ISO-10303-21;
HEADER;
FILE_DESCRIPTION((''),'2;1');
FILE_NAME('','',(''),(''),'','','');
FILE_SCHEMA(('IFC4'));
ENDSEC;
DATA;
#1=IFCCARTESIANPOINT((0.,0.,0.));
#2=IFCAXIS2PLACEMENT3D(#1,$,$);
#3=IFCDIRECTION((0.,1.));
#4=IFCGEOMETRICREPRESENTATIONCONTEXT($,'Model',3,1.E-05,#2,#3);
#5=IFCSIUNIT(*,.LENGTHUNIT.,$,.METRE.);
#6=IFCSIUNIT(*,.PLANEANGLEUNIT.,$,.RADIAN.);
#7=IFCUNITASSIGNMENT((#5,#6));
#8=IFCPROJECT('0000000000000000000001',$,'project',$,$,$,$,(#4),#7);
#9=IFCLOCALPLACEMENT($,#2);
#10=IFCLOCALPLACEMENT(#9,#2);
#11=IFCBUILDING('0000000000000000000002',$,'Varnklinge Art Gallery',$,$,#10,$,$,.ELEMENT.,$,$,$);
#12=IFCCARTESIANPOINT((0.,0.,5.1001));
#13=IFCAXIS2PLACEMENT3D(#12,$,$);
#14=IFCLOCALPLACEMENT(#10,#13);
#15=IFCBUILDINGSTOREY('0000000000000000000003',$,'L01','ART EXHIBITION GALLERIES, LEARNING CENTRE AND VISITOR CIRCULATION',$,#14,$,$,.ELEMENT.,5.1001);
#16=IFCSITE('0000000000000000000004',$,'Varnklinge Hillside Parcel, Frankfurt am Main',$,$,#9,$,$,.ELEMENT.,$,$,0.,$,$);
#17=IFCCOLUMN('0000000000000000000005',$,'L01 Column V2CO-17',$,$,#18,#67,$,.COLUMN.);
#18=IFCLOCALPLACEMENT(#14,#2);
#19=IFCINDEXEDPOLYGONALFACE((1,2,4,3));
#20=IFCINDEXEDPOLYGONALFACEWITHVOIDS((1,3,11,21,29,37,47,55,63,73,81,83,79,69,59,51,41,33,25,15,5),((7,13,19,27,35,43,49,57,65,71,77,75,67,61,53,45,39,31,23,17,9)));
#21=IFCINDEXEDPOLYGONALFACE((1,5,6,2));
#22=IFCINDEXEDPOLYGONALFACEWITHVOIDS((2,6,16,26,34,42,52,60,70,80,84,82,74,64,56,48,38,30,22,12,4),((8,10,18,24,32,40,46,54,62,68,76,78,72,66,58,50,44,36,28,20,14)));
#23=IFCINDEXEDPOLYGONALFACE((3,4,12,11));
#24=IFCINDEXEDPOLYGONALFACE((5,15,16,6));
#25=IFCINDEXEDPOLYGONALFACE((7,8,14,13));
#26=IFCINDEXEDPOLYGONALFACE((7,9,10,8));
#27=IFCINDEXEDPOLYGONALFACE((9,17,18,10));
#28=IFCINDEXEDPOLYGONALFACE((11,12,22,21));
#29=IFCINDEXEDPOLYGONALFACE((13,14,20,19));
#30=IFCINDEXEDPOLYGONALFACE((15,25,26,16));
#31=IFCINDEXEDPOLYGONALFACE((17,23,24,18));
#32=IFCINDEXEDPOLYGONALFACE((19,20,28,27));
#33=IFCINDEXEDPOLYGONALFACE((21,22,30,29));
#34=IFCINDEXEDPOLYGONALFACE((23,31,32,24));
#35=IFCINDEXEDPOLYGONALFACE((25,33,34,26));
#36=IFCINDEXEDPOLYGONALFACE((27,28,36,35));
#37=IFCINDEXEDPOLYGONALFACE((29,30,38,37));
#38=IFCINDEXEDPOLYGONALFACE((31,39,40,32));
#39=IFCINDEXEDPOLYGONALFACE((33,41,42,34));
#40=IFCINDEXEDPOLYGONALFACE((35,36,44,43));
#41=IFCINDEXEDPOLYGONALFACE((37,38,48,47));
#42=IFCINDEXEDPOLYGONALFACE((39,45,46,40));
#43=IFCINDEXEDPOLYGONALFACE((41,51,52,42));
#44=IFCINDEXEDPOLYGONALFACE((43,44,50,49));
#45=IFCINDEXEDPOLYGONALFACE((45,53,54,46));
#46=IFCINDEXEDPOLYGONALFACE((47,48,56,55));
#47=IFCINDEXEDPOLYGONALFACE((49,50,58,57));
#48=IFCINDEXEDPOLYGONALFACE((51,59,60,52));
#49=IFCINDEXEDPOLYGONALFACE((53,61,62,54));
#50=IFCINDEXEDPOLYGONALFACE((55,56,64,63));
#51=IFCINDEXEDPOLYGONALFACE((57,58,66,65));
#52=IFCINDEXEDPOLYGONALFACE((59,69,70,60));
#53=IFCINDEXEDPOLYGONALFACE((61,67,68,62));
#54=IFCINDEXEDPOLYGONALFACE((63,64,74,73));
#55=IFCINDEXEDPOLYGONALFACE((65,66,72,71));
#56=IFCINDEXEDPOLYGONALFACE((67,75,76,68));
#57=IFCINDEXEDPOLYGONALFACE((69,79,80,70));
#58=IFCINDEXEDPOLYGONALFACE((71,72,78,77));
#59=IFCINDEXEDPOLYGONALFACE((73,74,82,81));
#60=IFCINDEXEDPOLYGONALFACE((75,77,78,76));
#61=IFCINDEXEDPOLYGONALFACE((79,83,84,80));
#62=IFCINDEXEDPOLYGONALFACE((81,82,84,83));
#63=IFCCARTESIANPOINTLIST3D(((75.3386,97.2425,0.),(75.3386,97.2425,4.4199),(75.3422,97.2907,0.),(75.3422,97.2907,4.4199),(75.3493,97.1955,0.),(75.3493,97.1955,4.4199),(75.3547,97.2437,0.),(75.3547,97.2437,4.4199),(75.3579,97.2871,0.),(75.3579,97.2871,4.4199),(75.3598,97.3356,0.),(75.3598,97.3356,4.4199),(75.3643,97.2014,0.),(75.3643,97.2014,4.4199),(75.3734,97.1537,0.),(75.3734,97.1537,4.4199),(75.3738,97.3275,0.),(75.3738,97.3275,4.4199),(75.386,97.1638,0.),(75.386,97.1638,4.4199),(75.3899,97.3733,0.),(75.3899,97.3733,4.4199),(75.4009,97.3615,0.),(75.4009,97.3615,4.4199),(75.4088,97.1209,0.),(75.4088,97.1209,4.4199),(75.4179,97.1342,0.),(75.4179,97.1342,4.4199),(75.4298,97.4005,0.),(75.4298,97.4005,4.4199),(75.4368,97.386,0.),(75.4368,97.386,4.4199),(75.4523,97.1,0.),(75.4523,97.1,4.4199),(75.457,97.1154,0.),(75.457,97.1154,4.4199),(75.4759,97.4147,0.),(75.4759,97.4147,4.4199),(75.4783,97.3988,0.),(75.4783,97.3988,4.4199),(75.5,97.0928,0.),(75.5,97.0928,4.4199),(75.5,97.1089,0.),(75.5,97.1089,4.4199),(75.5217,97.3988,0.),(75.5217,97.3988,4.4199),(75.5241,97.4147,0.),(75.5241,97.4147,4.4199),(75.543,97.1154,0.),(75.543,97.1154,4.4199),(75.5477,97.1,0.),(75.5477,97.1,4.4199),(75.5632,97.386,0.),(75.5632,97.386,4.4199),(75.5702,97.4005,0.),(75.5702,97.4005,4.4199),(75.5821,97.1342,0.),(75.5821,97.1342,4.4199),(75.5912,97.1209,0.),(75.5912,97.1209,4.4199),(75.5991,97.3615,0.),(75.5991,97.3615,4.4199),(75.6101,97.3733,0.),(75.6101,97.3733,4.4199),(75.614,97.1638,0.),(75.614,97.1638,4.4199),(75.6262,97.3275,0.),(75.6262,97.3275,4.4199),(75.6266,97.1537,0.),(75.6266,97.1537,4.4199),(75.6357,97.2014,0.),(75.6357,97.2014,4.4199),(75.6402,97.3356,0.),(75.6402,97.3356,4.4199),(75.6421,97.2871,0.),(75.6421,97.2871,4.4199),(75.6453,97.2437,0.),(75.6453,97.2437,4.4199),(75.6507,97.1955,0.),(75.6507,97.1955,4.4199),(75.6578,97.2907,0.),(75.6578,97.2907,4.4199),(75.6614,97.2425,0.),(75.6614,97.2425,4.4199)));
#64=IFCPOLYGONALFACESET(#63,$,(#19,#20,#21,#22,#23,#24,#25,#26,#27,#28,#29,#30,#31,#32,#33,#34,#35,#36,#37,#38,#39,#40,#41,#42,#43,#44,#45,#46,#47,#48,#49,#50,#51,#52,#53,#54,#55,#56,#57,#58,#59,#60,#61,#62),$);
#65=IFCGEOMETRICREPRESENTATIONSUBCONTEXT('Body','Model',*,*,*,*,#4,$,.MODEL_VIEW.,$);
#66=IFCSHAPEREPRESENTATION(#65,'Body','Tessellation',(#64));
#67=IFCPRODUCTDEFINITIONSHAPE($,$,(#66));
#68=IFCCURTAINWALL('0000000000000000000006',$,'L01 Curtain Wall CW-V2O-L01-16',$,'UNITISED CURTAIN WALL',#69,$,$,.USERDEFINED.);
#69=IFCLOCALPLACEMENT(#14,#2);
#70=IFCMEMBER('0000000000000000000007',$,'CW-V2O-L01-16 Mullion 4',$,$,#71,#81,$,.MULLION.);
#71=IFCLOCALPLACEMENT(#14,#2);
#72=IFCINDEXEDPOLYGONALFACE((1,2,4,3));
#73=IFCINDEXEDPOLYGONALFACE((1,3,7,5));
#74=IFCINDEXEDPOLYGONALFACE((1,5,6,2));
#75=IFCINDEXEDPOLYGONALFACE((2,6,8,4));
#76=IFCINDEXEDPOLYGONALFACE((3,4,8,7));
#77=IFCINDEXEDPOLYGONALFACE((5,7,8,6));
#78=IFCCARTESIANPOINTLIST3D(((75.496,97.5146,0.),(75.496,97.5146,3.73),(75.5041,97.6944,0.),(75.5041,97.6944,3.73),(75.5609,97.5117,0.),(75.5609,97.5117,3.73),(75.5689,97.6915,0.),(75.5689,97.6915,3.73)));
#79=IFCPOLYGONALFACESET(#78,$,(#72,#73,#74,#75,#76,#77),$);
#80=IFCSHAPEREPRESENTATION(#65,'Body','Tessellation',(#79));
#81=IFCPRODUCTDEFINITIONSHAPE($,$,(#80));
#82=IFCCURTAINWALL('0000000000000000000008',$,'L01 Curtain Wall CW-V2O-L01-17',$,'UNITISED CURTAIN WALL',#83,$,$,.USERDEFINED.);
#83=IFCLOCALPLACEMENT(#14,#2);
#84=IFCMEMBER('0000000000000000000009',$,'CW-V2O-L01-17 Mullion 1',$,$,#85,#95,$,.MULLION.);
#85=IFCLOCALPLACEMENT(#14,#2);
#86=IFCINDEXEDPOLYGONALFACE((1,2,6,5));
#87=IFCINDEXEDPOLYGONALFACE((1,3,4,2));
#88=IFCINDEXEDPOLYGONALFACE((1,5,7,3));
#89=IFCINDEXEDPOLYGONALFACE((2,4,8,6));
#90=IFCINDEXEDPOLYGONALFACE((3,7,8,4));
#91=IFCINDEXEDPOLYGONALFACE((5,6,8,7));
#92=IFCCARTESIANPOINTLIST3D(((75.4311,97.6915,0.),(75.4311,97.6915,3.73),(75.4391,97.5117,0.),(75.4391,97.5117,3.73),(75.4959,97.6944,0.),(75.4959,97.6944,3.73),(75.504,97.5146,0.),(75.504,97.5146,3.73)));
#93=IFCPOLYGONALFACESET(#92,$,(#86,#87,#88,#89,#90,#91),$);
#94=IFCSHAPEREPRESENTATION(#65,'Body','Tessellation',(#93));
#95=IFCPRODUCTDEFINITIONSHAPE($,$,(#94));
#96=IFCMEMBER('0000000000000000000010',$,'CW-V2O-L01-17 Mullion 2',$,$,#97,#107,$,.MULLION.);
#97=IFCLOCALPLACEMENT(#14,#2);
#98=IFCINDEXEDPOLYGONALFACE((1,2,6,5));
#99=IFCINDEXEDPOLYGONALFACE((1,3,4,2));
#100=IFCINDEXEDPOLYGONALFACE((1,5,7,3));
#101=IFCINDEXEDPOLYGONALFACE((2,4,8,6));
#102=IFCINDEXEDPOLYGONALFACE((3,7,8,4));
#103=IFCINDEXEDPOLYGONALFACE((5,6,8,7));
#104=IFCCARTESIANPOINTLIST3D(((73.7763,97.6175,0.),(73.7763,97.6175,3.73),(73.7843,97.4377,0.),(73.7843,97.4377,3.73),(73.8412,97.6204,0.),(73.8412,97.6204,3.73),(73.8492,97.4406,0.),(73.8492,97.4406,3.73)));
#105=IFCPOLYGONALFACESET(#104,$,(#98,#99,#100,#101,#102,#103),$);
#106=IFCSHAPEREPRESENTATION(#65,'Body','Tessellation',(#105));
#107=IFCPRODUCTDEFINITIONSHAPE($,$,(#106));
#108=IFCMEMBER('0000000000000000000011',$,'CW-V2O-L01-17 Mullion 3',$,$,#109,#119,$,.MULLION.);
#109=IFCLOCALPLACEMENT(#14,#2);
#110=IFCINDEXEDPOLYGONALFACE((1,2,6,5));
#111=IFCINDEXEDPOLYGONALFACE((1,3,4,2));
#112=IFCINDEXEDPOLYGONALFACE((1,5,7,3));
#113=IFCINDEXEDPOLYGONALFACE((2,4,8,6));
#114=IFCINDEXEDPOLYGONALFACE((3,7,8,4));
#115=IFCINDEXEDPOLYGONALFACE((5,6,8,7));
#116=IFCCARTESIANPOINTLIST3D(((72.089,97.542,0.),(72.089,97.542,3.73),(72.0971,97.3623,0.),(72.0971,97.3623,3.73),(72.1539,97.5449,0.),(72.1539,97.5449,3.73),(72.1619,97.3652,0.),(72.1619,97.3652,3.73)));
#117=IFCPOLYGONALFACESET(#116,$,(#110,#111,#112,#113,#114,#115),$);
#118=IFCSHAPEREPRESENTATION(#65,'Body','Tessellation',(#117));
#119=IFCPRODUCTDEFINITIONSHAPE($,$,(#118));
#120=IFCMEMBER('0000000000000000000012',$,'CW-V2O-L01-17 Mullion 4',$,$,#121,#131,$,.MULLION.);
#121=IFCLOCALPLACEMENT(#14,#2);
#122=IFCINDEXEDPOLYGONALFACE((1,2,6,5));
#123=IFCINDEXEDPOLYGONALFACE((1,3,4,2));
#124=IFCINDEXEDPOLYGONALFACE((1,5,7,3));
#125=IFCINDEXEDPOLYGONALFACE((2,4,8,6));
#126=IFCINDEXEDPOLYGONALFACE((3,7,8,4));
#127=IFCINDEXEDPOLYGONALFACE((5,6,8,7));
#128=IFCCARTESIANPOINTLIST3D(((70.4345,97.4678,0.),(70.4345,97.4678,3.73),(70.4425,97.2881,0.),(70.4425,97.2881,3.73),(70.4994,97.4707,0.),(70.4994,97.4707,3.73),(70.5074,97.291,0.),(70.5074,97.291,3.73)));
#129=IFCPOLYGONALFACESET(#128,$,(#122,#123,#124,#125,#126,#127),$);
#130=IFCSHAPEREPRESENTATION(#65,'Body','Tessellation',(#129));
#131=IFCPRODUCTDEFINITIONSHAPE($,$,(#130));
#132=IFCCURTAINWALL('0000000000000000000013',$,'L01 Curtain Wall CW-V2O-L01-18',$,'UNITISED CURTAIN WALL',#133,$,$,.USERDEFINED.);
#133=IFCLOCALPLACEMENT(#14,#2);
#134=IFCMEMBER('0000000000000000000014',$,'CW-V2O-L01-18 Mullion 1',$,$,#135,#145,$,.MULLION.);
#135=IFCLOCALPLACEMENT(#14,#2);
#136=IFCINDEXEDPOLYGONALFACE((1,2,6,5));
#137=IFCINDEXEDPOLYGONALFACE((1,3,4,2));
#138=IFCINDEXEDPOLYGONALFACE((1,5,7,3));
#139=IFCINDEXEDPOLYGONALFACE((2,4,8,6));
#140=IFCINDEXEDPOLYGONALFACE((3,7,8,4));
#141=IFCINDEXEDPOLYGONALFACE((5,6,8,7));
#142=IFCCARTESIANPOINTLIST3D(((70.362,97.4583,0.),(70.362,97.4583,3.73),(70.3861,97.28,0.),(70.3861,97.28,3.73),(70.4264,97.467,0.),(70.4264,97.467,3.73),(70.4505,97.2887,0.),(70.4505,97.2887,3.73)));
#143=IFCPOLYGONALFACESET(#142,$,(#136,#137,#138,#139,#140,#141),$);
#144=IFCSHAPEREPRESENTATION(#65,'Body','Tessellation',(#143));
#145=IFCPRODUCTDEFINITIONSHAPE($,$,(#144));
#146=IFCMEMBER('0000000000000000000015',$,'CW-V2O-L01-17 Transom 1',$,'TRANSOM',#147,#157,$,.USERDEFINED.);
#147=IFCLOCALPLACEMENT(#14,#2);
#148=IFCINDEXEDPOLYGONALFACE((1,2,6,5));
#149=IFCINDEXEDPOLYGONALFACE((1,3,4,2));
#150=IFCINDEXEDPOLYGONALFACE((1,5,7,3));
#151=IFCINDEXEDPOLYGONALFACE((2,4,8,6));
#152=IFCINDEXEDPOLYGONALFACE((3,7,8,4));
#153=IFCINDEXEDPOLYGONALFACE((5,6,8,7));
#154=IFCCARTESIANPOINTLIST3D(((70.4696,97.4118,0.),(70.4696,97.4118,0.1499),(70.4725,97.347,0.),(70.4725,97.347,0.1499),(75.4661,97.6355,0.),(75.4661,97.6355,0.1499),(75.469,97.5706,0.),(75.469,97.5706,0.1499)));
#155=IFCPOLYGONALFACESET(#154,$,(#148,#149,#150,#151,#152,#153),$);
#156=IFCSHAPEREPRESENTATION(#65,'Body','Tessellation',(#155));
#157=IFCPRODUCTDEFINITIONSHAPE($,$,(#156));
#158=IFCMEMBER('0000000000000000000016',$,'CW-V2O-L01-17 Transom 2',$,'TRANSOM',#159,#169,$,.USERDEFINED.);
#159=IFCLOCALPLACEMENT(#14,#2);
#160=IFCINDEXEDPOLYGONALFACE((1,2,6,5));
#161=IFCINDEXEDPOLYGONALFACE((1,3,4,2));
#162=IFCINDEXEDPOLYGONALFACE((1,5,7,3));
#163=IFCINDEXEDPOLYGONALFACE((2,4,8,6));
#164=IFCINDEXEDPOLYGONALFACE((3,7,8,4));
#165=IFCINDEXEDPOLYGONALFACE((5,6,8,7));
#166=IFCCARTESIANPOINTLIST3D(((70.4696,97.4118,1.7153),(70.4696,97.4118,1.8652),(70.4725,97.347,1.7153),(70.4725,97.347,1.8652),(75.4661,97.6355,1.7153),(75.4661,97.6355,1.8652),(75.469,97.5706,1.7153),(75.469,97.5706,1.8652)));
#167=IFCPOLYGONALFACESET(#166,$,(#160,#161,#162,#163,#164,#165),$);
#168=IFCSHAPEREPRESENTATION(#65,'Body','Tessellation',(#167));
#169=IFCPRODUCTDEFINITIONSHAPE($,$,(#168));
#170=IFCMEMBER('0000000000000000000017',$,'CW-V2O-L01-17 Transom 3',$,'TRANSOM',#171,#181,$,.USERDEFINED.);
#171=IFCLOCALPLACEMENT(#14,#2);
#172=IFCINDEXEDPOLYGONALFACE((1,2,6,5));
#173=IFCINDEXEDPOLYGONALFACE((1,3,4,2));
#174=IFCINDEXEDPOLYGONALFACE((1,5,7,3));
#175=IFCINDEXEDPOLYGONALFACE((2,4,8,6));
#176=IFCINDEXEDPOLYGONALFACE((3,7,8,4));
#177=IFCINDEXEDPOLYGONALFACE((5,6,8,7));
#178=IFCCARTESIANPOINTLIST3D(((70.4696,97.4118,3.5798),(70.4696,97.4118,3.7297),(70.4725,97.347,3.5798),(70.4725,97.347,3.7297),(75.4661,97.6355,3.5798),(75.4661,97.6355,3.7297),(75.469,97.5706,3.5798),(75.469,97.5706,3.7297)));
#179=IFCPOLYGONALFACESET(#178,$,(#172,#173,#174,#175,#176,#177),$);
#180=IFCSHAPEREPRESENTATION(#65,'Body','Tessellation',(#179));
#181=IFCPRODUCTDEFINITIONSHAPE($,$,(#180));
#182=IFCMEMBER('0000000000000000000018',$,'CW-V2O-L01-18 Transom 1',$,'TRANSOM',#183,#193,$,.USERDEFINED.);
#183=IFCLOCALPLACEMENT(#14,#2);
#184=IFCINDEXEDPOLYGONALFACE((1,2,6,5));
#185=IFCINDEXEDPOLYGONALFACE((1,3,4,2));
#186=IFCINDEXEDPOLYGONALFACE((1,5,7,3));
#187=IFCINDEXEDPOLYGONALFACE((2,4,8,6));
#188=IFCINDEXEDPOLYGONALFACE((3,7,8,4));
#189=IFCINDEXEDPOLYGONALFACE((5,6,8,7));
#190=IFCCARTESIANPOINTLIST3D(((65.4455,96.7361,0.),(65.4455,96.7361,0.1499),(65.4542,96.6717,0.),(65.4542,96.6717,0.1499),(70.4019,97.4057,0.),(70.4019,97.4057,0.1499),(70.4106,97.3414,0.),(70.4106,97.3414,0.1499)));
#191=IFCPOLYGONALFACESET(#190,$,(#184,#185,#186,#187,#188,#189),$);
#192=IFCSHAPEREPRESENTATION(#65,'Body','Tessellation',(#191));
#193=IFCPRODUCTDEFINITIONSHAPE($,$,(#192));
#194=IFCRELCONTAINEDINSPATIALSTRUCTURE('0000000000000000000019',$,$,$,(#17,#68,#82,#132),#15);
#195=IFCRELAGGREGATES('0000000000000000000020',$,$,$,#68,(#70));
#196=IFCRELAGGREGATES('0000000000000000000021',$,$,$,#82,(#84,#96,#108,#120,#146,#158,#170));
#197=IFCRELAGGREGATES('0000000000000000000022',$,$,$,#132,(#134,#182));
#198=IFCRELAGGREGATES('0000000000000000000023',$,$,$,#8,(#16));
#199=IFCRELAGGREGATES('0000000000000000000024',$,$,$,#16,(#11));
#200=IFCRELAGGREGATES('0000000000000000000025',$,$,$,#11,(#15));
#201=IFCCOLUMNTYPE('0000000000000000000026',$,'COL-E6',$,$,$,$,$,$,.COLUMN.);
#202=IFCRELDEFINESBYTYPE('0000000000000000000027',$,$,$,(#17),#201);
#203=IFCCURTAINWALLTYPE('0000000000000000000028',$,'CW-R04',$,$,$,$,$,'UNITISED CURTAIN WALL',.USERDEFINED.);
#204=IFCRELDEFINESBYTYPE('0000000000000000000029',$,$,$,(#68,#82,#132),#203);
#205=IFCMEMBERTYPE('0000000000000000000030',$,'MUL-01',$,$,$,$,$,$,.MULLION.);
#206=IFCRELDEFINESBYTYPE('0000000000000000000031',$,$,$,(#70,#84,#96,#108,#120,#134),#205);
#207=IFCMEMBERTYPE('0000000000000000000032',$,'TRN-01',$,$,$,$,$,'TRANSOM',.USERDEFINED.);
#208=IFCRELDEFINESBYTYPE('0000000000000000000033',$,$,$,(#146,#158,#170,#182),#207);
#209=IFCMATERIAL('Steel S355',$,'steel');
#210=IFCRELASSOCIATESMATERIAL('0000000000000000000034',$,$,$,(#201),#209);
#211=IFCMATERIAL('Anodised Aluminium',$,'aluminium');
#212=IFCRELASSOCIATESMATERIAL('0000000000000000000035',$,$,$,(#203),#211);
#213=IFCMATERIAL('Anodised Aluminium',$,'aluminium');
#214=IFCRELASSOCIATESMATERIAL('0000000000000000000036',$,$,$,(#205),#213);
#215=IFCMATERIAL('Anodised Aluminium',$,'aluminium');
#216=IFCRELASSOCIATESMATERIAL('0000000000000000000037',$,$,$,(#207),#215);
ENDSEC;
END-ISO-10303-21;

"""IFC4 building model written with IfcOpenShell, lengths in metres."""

from ifc_helpers import new_model, si_unit, direction, frame, origin, origin_2d, place, context, subcontext, project, spatial, rectangle, hollow_circle, extrude, material, material_profile, profile_set, type_object, element, aggregate, save


model = new_model("IFC4")

# Units and contexts
model_context = context("Model", 3, precision=1e-05, world=origin(), true_north=direction((0.0, 1.0)))
body_context = subcontext(model_context, "Body", "Model", "MODEL_VIEW")
ifc_project = project(units=[si_unit("LENGTHUNIT", "METRE"), si_unit("PLANEANGLEUNIT", "RADIAN")], contexts=[model_context])

# Site, building, storey
site_placement = place(None, origin())
site = spatial("IfcSite", under=ifc_project, at=site_placement, Name="Varnklinge Hillside Parcel, Frankfurt am Main", CompositionType="ELEMENT", RefElevation=0.0)
building_placement = place(site_placement, origin())
building = spatial("IfcBuilding", under=site, at=building_placement, Name="Varnklinge Art Gallery", CompositionType="ELEMENT")
storey_placement = place(building_placement, frame((0.0, 0.0, 5.1001)))
storey = spatial("IfcBuildingStorey", under=building, at=storey_placement, Name="L01", Description="ART EXHIBITION GALLERIES, LEARNING CENTRE AND VISITOR CIRCULATION", CompositionType="ELEMENT", Elevation=5.1001)

# Column
ifc_material_1 = material(Name="Steel S355", Category="steel")
ifc_material_profile_1 = material_profile(ifc_material_1, hollow_circle(Radius=0.1619, WallThickness=0.0161, at=origin_2d()), Name="CHS 323.9x16")
ifc_profile_set_1 = profile_set([ifc_material_profile_1], Name="Steel S355")
column_type = type_object("IfcColumnType", Name="COL-E6", PredefinedType="COLUMN", material=ifc_profile_set_1)
column_placement = place(storey_placement, frame((75.5, 97.2546, 0.0), z_axis=(0.0, 0.0, 1.0), x_axis=(0.0, -1.0, 0.0)))
element("IfcColumn", 1, at=column_placement, inside=storey, type_object=column_type, Name="L01 Column V2CO-17", PredefinedType="COLUMN", context=body_context, shape_type="SweptSolid", body=[
    extrude(hollow_circle(Radius=0.1619, WallThickness=0.0161, at=origin_2d()), origin(), (0.0, 0.0, 1.0), 4.4199),
])

# Curtain wall, member
ifc_material_2 = material(Name="Anodised Aluminium", Category="aluminium")
curtain_wall_type = type_object("IfcCurtainWallType", Name="CW-R04", ElementType="UNITISED CURTAIN WALL", PredefinedType="USERDEFINED", material=ifc_material_2)
curtain_wall_1_placement = place(storey_placement, origin())
curtain_wall_1 = element("IfcCurtainWall", 2, at=curtain_wall_1_placement, inside=storey, type_object=curtain_wall_type, Name="L01 Curtain Wall CW-V2O-L01-16", ObjectType="UNITISED CURTAIN WALL", PredefinedType="USERDEFINED")
ifc_material_3 = material(Name="Anodised Aluminium", Category="aluminium")
ifc_material_profile_2 = material_profile(ifc_material_3, rectangle(XDim=0.0649, YDim=0.1799, at=origin_2d()), Name="ALU 65x180")
ifc_profile_set_2 = profile_set([ifc_material_profile_2], Name="Anodised Aluminium")
member_type_1 = type_object("IfcMemberType", Name="MUL-01", PredefinedType="MULLION", material=ifc_profile_set_2)
member_1_placement = place(storey_placement, frame((75.5325, 97.603, 0.0), z_axis=(0.0, 0.0, 1.0), x_axis=(-0.999002, 0.044666, 0.0)))
member_1 = element("IfcMember", 3, at=member_1_placement, type_object=member_type_1, Name="CW-V2O-L01-16 Mullion 4", PredefinedType="MULLION", context=body_context, shape_type="SweptSolid", body=[
    extrude(rectangle(XDim=0.0649, YDim=0.1799, at=origin_2d()), origin(), (0.0, 0.0, 1.0), 3.73),
])

# Curtain wall, members
curtain_wall_2_placement = place(storey_placement, origin())
curtain_wall_2 = element("IfcCurtainWall", 4, at=curtain_wall_2_placement, inside=storey, type_object=curtain_wall_type, Name="L01 Curtain Wall CW-V2O-L01-17", ObjectType="UNITISED CURTAIN WALL", PredefinedType="USERDEFINED")
member_2_placement = place(storey_placement, frame((75.4675, 97.603, 0.0), z_axis=(0.0, 0.0, 1.0), x_axis=(-0.999002, -0.044666, 0.0)))
member_2 = element("IfcMember", 5, at=member_2_placement, type_object=member_type_1, Name="CW-V2O-L01-17 Mullion 1", PredefinedType="MULLION", context=body_context, shape_type="SweptSolid", body=[
    extrude(rectangle(XDim=0.0649, YDim=0.1799, at=origin_2d()), origin(), (0.0, 0.0, 1.0), 3.73),
])
member_3_placement = place(storey_placement, frame((73.8127, 97.5291, 0.0), z_axis=(0.0, 0.0, 1.0), x_axis=(-0.999002, -0.044666, 0.0)))
member_3 = element("IfcMember", 6, at=member_3_placement, type_object=member_type_1, Name="CW-V2O-L01-17 Mullion 2", PredefinedType="MULLION", context=body_context, shape_type="SweptSolid", body=[
    extrude(rectangle(XDim=0.0649, YDim=0.1799, at=origin_2d()), origin(), (0.0, 0.0, 1.0), 3.73),
])
member_4_placement = place(storey_placement, frame((72.1255, 97.4536, 0.0), z_axis=(0.0, 0.0, 1.0), x_axis=(-0.999002, -0.044666, 0.0)))
member_4 = element("IfcMember", 7, at=member_4_placement, type_object=member_type_1, Name="CW-V2O-L01-17 Mullion 3", PredefinedType="MULLION", context=body_context, shape_type="SweptSolid", body=[
    extrude(rectangle(XDim=0.0649, YDim=0.1799, at=origin_2d()), origin(), (0.0, 0.0, 1.0), 3.73),
])
member_5_placement = place(storey_placement, frame((70.4709, 97.3794, 0.0), z_axis=(0.0, 0.0, 1.0), x_axis=(-0.999002, -0.044666, 0.0)))
member_5 = element("IfcMember", 8, at=member_5_placement, type_object=member_type_1, Name="CW-V2O-L01-17 Mullion 4", PredefinedType="MULLION", context=body_context, shape_type="SweptSolid", body=[
    extrude(rectangle(XDim=0.0649, YDim=0.1799, at=origin_2d()), origin(), (0.0, 0.0, 1.0), 3.73),
])

# Curtain wall, member
curtain_wall_3_placement = place(storey_placement, origin())
curtain_wall_3 = element("IfcCurtainWall", 9, at=curtain_wall_3_placement, inside=storey, type_object=curtain_wall_type, Name="L01 Curtain Wall CW-V2O-L01-18", ObjectType="UNITISED CURTAIN WALL", PredefinedType="USERDEFINED")
member_6_placement = place(storey_placement, frame((70.4062, 97.3735, 0.0), z_axis=(0.0, 0.0, 1.0), x_axis=(-0.990983, -0.133986, 0.0)))
member_6 = element("IfcMember", 10, at=member_6_placement, type_object=member_type_1, Name="CW-V2O-L01-18 Mullion 1", PredefinedType="MULLION", context=body_context, shape_type="SweptSolid", body=[
    extrude(rectangle(XDim=0.0649, YDim=0.1799, at=origin_2d()), origin(), (0.0, 0.0, 1.0), 3.73),
])

# Members
ifc_material_4 = material(Name="Anodised Aluminium", Category="aluminium")
ifc_material_profile_3 = material_profile(ifc_material_4, rectangle(XDim=0.0649, YDim=0.1499, at=origin_2d()), Name="ALU 65x150")
ifc_profile_set_3 = profile_set([ifc_material_profile_3], Name="Anodised Aluminium")
member_type_2 = type_object("IfcMemberType", Name="TRN-01", ElementType="TRANSOM", PredefinedType="USERDEFINED", material=ifc_profile_set_3)
member_7_placement = place(storey_placement, frame((75.4675, 97.603, 0.075), z_axis=(-0.999, -0.044712, 0.0), x_axis=(0.044712, -0.999, 0.0)))
member_7 = element("IfcMember", 11, at=member_7_placement, type_object=member_type_2, Name="CW-V2O-L01-17 Transom 1", ObjectType="TRANSOM", PredefinedType="USERDEFINED", context=body_context, shape_type="SweptSolid", body=[
    extrude(rectangle(XDim=0.0649, YDim=0.1499, at=origin_2d()), origin(), (0.0, 0.0, 1.0), 5.0015),
])
member_8_placement = place(storey_placement, frame((75.4675, 97.603, 1.7903), z_axis=(-0.999, -0.044712, 0.0), x_axis=(0.044712, -0.999, 0.0)))
member_8 = element("IfcMember", 12, at=member_8_placement, type_object=member_type_2, Name="CW-V2O-L01-17 Transom 2", ObjectType="TRANSOM", PredefinedType="USERDEFINED", context=body_context, shape_type="SweptSolid", body=[
    extrude(rectangle(XDim=0.0649, YDim=0.1499, at=origin_2d()), origin(), (0.0, 0.0, 1.0), 5.0015),
])
member_9_placement = place(storey_placement, frame((75.4675, 97.603, 3.6548), z_axis=(-0.999, -0.044712, 0.0), x_axis=(0.044712, -0.999, 0.0)))
member_9 = element("IfcMember", 13, at=member_9_placement, type_object=member_type_2, Name="CW-V2O-L01-17 Transom 3", ObjectType="TRANSOM", PredefinedType="USERDEFINED", context=body_context, shape_type="SweptSolid", body=[
    extrude(rectangle(XDim=0.0649, YDim=0.1499, at=origin_2d()), origin(), (0.0, 0.0, 1.0), 5.0015),
])
member_10_placement = place(storey_placement, frame((70.4062, 97.3735, 0.075), z_axis=(-0.990996, -0.133893, 0.0), x_axis=(0.133893, -0.990996, 0.0)))
member_10 = element("IfcMember", 14, at=member_10_placement, type_object=member_type_2, Name="CW-V2O-L01-18 Transom 1", ObjectType="TRANSOM", PredefinedType="USERDEFINED", context=body_context, shape_type="SweptSolid", body=[
    extrude(rectangle(XDim=0.0649, YDim=0.1499, at=origin_2d()), origin(), (0.0, 0.0, 1.0), 5.0015),
])

aggregate(curtain_wall_1, [member_1])
aggregate(curtain_wall_2, [member_2, member_3, member_4, member_5, member_7, member_8, member_9])
aggregate(curtain_wall_3, [member_6, member_10])

save(model, "model.ifc")
